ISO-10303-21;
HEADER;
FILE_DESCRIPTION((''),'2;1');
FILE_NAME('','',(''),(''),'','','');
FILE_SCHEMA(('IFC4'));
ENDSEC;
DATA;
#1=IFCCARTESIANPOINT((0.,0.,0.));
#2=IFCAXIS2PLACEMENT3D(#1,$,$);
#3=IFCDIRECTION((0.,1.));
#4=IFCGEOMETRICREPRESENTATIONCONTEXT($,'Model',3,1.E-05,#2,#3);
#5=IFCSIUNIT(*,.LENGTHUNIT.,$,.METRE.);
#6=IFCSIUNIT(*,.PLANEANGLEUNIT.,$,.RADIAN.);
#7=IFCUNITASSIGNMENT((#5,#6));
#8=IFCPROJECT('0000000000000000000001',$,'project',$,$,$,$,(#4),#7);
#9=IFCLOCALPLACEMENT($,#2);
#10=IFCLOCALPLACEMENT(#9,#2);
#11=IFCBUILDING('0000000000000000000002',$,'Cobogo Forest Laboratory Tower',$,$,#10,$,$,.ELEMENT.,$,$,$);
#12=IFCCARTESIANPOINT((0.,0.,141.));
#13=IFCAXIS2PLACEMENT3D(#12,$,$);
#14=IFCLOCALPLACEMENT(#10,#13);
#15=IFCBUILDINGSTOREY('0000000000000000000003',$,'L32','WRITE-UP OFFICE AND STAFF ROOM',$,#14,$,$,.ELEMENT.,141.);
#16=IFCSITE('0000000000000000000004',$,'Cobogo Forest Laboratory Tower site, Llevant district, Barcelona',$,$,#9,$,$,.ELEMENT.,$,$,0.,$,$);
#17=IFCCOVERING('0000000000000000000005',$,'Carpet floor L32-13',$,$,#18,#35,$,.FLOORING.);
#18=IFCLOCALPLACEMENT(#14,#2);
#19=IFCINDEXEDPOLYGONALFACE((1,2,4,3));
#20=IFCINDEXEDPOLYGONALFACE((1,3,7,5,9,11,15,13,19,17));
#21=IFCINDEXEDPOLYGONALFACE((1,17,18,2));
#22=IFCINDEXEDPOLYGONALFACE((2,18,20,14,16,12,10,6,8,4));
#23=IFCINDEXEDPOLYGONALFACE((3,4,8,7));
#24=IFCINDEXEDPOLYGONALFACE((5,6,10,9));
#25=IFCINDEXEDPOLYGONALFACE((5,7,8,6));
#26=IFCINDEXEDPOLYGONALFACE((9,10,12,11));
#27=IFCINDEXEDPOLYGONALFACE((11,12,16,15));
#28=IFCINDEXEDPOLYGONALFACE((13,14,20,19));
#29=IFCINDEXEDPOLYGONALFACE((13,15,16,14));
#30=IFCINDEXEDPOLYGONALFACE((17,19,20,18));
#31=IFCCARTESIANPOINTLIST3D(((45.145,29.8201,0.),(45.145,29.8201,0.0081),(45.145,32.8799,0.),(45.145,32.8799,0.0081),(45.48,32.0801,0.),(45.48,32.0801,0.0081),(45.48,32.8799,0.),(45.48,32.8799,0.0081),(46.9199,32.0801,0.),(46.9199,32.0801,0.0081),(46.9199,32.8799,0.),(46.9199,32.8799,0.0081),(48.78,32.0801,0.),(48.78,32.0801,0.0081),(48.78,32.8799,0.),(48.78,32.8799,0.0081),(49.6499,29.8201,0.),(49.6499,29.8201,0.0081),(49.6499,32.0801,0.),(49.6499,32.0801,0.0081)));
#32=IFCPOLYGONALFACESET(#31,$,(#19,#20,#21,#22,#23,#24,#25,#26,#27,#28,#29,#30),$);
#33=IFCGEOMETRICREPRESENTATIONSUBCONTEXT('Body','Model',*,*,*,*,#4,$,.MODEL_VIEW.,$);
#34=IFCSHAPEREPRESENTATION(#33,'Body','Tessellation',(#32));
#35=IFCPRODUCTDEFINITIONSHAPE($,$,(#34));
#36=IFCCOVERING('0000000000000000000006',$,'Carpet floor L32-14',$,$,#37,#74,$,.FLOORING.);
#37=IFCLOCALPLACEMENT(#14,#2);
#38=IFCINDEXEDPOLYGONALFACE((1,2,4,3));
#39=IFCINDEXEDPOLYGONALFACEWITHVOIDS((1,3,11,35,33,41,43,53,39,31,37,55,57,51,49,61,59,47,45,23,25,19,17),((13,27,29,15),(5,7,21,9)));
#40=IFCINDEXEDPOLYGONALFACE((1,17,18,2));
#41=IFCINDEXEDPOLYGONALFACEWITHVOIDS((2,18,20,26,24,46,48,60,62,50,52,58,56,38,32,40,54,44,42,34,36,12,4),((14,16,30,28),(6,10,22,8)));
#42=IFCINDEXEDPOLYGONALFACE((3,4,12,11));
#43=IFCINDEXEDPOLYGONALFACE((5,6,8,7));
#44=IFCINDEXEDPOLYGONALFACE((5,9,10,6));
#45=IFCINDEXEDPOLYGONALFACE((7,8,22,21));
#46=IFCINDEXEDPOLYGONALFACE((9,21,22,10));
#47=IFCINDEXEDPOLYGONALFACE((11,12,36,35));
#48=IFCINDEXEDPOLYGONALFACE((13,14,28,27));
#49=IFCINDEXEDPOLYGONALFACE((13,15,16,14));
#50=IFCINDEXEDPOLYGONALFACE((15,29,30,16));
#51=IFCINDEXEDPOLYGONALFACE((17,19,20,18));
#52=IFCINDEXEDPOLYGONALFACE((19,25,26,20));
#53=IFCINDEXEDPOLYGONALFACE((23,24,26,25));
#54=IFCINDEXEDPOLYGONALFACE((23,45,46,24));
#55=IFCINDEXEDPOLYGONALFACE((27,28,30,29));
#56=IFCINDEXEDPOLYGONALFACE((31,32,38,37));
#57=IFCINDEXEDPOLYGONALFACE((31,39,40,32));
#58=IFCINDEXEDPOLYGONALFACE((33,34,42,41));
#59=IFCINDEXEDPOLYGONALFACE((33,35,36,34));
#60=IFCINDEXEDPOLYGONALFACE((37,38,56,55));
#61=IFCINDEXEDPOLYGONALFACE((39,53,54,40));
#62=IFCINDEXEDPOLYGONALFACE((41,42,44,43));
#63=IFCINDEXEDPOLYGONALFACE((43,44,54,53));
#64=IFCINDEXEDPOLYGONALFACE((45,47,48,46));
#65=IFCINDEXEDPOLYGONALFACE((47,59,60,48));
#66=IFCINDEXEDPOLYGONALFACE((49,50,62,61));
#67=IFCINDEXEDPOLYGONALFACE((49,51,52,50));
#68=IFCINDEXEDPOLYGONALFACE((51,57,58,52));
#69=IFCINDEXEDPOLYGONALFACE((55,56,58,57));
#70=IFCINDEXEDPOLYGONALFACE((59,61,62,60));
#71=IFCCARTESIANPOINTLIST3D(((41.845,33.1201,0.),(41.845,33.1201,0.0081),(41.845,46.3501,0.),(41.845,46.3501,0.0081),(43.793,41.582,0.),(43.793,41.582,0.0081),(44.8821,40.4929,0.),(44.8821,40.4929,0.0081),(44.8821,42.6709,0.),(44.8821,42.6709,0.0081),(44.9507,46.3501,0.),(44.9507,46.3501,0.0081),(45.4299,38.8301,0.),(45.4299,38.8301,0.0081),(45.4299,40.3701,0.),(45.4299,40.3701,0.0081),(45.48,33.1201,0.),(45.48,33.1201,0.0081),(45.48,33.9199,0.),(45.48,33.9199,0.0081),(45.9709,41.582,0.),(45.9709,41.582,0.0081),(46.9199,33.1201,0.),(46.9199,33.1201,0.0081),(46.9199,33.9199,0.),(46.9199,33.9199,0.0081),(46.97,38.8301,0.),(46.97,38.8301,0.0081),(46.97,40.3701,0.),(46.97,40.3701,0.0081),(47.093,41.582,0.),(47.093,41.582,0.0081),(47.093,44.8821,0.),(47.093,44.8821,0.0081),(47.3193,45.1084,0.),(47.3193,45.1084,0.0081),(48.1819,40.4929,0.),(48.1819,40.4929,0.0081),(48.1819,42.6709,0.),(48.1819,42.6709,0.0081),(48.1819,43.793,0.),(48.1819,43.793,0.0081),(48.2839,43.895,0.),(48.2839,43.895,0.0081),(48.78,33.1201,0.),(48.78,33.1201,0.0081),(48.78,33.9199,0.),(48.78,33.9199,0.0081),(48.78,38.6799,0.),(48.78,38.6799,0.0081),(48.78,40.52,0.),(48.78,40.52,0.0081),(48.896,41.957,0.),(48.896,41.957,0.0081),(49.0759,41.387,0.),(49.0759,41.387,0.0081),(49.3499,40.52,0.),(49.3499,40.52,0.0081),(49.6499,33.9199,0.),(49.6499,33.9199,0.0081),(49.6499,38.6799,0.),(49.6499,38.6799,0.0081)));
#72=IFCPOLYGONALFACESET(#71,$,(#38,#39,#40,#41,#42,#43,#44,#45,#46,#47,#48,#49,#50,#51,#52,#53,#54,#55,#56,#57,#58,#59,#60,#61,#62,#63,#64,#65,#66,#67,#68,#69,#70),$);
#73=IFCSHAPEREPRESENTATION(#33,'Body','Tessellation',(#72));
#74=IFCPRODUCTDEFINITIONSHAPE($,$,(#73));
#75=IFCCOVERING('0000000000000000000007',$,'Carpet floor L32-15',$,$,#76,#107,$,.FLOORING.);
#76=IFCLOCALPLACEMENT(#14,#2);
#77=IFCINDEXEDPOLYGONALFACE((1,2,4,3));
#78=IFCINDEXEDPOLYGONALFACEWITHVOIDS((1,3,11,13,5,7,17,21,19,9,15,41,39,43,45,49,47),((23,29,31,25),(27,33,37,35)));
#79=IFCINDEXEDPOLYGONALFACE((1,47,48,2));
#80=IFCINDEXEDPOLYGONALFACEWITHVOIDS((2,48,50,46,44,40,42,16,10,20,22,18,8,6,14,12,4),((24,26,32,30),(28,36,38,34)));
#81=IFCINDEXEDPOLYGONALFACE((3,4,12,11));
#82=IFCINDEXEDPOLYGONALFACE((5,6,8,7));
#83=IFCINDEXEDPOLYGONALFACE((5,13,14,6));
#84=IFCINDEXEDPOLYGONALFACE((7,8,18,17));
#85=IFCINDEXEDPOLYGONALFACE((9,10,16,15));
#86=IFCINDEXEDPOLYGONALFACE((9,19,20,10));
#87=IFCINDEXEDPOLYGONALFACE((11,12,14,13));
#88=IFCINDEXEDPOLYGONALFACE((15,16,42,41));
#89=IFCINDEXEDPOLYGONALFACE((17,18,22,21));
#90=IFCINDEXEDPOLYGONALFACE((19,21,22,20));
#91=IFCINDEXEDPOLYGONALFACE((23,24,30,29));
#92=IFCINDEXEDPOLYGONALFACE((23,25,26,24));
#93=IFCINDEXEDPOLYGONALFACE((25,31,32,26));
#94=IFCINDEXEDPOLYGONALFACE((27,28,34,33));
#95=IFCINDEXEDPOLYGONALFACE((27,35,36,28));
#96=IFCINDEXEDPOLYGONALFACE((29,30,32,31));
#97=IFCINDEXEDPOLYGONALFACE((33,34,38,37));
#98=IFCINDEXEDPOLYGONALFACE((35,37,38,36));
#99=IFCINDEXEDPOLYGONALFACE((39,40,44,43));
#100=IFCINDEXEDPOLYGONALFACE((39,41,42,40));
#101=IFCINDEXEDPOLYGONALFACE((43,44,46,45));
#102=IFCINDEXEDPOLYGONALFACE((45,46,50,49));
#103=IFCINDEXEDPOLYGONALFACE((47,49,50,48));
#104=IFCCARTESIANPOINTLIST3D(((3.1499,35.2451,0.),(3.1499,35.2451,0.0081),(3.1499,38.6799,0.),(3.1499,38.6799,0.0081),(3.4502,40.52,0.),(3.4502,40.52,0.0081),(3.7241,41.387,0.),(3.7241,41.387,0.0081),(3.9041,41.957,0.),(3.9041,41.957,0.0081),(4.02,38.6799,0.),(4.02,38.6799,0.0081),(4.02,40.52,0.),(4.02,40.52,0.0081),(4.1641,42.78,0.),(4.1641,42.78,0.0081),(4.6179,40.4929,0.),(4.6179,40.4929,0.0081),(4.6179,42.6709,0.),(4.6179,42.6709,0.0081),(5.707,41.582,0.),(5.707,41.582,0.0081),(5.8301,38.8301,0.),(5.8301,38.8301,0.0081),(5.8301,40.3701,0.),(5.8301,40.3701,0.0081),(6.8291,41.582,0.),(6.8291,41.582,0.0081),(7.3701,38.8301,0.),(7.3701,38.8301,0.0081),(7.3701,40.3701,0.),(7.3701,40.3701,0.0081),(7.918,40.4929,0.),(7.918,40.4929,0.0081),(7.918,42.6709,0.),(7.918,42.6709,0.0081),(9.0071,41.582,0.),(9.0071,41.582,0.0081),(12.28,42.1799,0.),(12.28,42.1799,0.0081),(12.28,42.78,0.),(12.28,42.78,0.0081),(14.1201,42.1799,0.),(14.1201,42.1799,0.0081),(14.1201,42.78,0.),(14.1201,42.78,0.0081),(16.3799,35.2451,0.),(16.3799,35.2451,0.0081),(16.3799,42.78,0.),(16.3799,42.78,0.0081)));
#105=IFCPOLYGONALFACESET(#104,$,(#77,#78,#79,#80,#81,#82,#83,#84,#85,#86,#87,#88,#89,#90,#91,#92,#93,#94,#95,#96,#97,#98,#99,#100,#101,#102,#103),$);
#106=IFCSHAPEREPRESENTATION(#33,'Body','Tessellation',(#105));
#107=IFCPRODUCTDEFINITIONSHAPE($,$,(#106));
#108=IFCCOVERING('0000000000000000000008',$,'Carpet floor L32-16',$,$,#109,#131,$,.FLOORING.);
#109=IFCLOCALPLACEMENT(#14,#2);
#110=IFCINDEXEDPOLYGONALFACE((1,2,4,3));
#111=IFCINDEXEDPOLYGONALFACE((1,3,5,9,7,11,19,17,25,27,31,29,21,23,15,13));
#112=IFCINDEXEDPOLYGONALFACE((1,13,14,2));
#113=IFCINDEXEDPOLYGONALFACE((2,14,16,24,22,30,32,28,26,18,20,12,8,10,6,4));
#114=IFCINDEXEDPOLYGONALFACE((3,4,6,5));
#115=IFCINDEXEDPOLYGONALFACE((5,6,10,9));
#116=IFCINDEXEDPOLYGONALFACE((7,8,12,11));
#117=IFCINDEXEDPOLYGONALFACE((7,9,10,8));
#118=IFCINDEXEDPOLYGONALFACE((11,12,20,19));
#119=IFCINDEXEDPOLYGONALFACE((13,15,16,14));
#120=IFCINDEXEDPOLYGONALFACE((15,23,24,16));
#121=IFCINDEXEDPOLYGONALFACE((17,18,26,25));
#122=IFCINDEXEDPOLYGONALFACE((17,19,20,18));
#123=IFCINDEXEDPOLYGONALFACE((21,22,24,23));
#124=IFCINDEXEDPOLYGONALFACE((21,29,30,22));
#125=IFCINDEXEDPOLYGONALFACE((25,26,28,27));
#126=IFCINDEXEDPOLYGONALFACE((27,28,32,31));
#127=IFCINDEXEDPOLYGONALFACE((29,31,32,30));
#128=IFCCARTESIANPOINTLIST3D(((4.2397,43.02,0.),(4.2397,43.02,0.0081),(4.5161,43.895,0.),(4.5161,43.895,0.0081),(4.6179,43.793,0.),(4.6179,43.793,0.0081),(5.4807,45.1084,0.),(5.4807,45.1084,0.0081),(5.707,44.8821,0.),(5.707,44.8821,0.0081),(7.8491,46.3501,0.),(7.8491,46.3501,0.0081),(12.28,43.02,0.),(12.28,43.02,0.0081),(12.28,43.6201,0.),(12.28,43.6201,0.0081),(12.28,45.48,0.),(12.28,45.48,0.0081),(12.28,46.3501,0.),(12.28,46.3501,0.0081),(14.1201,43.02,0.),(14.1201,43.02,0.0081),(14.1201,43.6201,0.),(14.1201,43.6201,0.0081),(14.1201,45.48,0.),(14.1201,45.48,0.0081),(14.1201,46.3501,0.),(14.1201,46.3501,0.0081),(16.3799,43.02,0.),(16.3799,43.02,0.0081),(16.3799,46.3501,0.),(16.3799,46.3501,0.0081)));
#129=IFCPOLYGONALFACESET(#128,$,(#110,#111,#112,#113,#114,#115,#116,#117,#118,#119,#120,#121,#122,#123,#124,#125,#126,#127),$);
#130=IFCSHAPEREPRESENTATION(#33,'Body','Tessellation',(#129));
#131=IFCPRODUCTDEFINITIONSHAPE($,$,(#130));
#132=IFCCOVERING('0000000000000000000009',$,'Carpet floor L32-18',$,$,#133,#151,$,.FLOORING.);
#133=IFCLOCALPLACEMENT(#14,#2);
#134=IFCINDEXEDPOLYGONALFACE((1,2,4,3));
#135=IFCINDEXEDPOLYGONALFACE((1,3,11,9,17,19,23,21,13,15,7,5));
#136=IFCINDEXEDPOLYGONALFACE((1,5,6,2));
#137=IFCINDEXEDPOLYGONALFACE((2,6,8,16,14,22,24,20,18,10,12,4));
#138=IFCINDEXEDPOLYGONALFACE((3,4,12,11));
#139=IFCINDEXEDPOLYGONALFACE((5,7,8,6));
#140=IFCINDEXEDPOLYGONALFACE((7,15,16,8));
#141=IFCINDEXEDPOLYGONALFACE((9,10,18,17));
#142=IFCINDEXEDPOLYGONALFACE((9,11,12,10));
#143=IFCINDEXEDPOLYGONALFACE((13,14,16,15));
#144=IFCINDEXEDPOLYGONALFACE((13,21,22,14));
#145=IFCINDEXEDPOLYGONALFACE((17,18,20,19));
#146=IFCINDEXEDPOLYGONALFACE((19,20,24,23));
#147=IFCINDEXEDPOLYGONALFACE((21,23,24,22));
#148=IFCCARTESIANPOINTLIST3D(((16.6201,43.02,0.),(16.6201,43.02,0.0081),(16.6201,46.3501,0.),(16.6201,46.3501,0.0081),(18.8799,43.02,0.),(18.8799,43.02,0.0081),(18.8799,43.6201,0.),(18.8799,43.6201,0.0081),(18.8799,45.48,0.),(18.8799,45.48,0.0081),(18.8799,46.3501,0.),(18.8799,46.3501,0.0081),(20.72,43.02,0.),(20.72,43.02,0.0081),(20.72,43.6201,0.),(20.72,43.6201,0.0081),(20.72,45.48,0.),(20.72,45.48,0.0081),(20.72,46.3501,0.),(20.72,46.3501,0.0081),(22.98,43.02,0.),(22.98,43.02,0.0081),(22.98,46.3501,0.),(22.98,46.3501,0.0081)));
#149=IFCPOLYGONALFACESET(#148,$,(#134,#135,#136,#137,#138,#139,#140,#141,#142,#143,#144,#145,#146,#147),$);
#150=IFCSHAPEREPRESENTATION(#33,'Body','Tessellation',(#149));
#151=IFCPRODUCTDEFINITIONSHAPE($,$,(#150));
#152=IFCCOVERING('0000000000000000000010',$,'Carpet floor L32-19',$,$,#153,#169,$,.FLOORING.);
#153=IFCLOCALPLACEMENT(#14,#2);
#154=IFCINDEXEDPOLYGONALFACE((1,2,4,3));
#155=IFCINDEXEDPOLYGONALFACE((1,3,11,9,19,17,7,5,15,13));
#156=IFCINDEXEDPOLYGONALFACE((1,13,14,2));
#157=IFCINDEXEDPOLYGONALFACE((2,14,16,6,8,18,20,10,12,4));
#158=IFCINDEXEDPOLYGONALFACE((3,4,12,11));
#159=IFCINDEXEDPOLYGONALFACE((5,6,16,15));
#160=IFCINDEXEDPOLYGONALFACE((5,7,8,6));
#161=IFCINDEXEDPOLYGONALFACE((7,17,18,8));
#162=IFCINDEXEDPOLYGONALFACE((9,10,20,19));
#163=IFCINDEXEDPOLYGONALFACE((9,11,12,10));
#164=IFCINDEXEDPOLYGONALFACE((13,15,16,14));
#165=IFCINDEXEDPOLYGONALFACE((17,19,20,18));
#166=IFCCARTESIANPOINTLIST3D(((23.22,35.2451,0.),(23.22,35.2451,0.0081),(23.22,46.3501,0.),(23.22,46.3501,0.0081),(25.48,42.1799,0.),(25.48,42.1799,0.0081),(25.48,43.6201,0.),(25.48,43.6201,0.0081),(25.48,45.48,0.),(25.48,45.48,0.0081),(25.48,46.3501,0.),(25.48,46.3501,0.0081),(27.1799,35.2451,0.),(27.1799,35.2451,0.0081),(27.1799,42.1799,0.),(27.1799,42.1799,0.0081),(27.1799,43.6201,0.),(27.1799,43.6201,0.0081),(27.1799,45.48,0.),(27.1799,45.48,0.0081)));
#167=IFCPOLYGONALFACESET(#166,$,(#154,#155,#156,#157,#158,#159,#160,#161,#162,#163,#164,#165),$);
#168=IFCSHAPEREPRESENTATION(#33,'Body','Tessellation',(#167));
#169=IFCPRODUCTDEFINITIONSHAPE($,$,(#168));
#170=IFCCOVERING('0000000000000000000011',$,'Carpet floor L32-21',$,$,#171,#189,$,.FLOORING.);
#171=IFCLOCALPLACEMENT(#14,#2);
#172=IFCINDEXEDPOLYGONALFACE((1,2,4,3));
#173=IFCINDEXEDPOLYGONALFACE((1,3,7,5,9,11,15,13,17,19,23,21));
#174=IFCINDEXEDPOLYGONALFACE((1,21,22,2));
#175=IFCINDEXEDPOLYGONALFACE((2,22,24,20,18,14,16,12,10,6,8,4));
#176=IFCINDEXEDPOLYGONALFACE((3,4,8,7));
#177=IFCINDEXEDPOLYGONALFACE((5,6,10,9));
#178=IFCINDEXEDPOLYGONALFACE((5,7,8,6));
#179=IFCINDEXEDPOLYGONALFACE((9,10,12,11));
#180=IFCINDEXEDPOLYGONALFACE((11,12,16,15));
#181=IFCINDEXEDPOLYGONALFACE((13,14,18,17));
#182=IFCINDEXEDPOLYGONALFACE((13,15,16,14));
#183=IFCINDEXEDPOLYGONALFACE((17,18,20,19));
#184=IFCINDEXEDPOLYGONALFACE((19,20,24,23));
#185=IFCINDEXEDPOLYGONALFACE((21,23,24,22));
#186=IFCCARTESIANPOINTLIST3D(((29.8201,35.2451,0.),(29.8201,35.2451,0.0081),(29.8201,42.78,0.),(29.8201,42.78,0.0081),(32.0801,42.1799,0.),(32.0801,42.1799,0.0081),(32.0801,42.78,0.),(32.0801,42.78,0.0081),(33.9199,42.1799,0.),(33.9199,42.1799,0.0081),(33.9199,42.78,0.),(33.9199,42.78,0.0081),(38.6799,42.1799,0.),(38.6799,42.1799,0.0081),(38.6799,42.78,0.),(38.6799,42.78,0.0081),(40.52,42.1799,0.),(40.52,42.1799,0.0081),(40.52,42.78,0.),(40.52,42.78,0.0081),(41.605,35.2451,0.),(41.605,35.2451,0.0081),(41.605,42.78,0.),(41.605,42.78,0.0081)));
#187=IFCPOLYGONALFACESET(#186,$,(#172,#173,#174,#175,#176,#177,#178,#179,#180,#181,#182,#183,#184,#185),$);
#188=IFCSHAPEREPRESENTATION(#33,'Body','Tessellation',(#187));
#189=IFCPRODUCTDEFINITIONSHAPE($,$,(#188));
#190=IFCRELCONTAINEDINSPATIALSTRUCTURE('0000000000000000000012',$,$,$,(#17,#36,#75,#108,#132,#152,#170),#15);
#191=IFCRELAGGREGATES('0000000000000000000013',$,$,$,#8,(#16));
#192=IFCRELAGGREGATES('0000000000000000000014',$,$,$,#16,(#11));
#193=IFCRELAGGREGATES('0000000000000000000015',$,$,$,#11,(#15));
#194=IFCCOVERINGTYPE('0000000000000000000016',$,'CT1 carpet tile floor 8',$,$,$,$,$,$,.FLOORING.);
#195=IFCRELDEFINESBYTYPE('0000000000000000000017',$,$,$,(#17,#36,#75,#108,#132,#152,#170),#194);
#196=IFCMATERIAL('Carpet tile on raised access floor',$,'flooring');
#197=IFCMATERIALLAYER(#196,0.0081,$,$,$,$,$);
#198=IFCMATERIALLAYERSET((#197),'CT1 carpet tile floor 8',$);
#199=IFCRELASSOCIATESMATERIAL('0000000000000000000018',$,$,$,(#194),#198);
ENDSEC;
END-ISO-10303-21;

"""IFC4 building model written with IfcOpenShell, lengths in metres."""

from ifc_helpers import new_model, si_unit, direction, frame, origin, place, context, subcontext, project, spatial, polyline, outline, extrude, material, layer, layer_set, type_object, element, save


model = new_model("IFC4")

# Units and contexts
model_context = context("Model", 3, precision=1e-05, world=origin(), true_north=direction((0.0, 1.0)))
body_context = subcontext(model_context, "Body", "Model", "MODEL_VIEW")
ifc_project = project(units=[si_unit("LENGTHUNIT", "METRE"), si_unit("PLANEANGLEUNIT", "RADIAN")], contexts=[model_context])

# Site, building, storey
site_placement = place(None, origin())
site = spatial("IfcSite", under=ifc_project, at=site_placement, Name="Cobogo Forest Laboratory Tower site, Llevant district, Barcelona", CompositionType="ELEMENT", RefElevation=0.0)
building_placement = place(site_placement, origin())
building = spatial("IfcBuilding", under=site, at=building_placement, Name="Cobogo Forest Laboratory Tower", CompositionType="ELEMENT")
storey_placement = place(building_placement, frame((0.0, 0.0, 141.0)))
storey = spatial("IfcBuildingStorey", under=building, at=storey_placement, Name="L32", Description="WRITE-UP OFFICE AND STAFF ROOM", CompositionType="ELEMENT", Elevation=141.0)

# Coverings
ifc_material_1 = material(Name="Carpet tile on raised access floor", Category="flooring")
ifc_layer_1 = layer(ifc_material_1, 0.0081)
ifc_layer_set_1 = layer_set([ifc_layer_1], Name="CT1 carpet tile floor 8")
covering_type_1 = type_object("IfcCoveringType", Name="CT1 carpet tile floor 8", PredefinedType="FLOORING", material=ifc_layer_set_1)
covering_1_placement = place(storey_placement, origin())
element("IfcCovering", 1, at=covering_1_placement, inside=storey, type_object=covering_type_1, Name="Carpet floor L32-13", PredefinedType="FLOORING", context=body_context, shape_type="SweptSolid", body=[
    extrude(outline(polyline([(45.145, 32.8799), (45.48, 32.8799), (45.48, 32.0801), (46.9199, 32.0801), (46.9199, 32.8799), (48.78, 32.8799), (48.78, 32.0801), (49.6499, 32.0801), (49.6499, 29.8201), (45.145, 29.8201), (45.145, 32.8799)])), origin(), (0.0, 0.0, 1.0), 0.0081),
])
covering_2_placement = place(storey_placement, origin())
element("IfcCovering", 2, at=covering_2_placement, inside=storey, type_object=covering_type_1, Name="Carpet floor L32-14", PredefinedType="FLOORING", context=body_context, shape_type="SweptSolid", body=[
    extrude(outline(polyline([(41.845, 46.3501), (44.9507, 46.3501), (47.3193, 45.1084), (47.093, 44.8821), (48.1819, 43.793), (48.2839, 43.895), (48.896, 41.957), (48.1819, 42.6709), (47.093, 41.582), (48.1819, 40.4929), (49.0759, 41.387), (49.3499, 40.52), (48.78, 40.52), (48.78, 38.6799), (49.6499, 38.6799), (49.6499, 33.9199), (48.78, 33.9199), (48.78, 33.1201), (46.9199, 33.1201), (46.9199, 33.9199), (45.48, 33.9199), (45.48, 33.1201), (41.845, 33.1201), (41.845, 46.3501)]), holes=[polyline([(45.4299, 40.3701), (45.4299, 38.8301), (46.97, 38.8301), (46.97, 40.3701), (45.4299, 40.3701)]), polyline([(43.793, 41.582), (44.8821, 40.4929), (45.9709, 41.582), (44.8821, 42.6709), (43.793, 41.582)])]), origin(), (0.0, 0.0, 1.0), 0.0081),
])
covering_3_placement = place(storey_placement, origin())
element("IfcCovering", 3, at=covering_3_placement, inside=storey, type_object=covering_type_1, Name="Carpet floor L32-15", PredefinedType="FLOORING", context=body_context, shape_type="SweptSolid", body=[
    extrude(outline(polyline([(3.7241, 41.387), (4.6179, 40.4929), (5.707, 41.582), (4.6179, 42.6709), (3.9041, 41.957), (4.1641, 42.78), (12.28, 42.78), (12.28, 42.1799), (14.1201, 42.1799), (14.1201, 42.78), (16.3799, 42.78), (16.3799, 35.2451), (3.1499, 35.2451), (3.1499, 38.6799), (4.02, 38.6799), (4.02, 40.52), (3.4502, 40.52), (3.7241, 41.387)]), holes=[polyline([(6.8291, 41.582), (7.918, 40.4929), (9.0071, 41.582), (7.918, 42.6709), (6.8291, 41.582)]), polyline([(5.8301, 38.8301), (7.3701, 38.8301), (7.3701, 40.3701), (5.8301, 40.3701), (5.8301, 38.8301)])]), origin(), (0.0, 0.0, 1.0), 0.0081),
])
covering_4_placement = place(storey_placement, origin())
element("IfcCovering", 4, at=covering_4_placement, inside=storey, type_object=covering_type_1, Name="Carpet floor L32-16", PredefinedType="FLOORING", context=body_context, shape_type="SweptSolid", body=[
    extrude(outline(polyline([(14.1201, 43.02), (14.1201, 43.6201), (12.28, 43.6201), (12.28, 43.02), (4.2397, 43.02), (4.5161, 43.895), (4.6179, 43.793), (5.707, 44.8821), (5.4807, 45.1084), (7.8491, 46.3501), (12.28, 46.3501), (12.28, 45.48), (14.1201, 45.48), (14.1201, 46.3501), (16.3799, 46.3501), (16.3799, 43.02), (14.1201, 43.02)])), origin(), (0.0, 0.0, 1.0), 0.0081),
])
covering_5_placement = place(storey_placement, origin())
element("IfcCovering", 5, at=covering_5_placement, inside=storey, type_object=covering_type_1, Name="Carpet floor L32-18", PredefinedType="FLOORING", context=body_context, shape_type="SweptSolid", body=[
    extrude(outline(polyline([(20.72, 43.02), (20.72, 43.6201), (18.8799, 43.6201), (18.8799, 43.02), (16.6201, 43.02), (16.6201, 46.3501), (18.8799, 46.3501), (18.8799, 45.48), (20.72, 45.48), (20.72, 46.3501), (22.98, 46.3501), (22.98, 43.02), (20.72, 43.02)])), origin(), (0.0, 0.0, 1.0), 0.0081),
])
covering_6_placement = place(storey_placement, origin())
element("IfcCovering", 6, at=covering_6_placement, inside=storey, type_object=covering_type_1, Name="Carpet floor L32-19", PredefinedType="FLOORING", context=body_context, shape_type="SweptSolid", body=[
    extrude(outline(polyline([(23.22, 35.2451), (23.22, 46.3501), (25.48, 46.3501), (25.48, 45.48), (27.1799, 45.48), (27.1799, 43.6201), (25.48, 43.6201), (25.48, 42.1799), (27.1799, 42.1799), (27.1799, 35.2451), (23.22, 35.2451)])), origin(), (0.0, 0.0, 1.0), 0.0081),
])
covering_7_placement = place(storey_placement, origin())
element("IfcCovering", 7, at=covering_7_placement, inside=storey, type_object=covering_type_1, Name="Carpet floor L32-21", PredefinedType="FLOORING", context=body_context, shape_type="SweptSolid", body=[
    extrude(outline(polyline([(29.8201, 42.78), (32.0801, 42.78), (32.0801, 42.1799), (33.9199, 42.1799), (33.9199, 42.78), (38.6799, 42.78), (38.6799, 42.1799), (40.52, 42.1799), (40.52, 42.78), (41.605, 42.78), (41.605, 35.2451), (29.8201, 35.2451), (29.8201, 42.78)])), origin(), (0.0, 0.0, 1.0), 0.0081),
])

save(model, "model.ifc")
